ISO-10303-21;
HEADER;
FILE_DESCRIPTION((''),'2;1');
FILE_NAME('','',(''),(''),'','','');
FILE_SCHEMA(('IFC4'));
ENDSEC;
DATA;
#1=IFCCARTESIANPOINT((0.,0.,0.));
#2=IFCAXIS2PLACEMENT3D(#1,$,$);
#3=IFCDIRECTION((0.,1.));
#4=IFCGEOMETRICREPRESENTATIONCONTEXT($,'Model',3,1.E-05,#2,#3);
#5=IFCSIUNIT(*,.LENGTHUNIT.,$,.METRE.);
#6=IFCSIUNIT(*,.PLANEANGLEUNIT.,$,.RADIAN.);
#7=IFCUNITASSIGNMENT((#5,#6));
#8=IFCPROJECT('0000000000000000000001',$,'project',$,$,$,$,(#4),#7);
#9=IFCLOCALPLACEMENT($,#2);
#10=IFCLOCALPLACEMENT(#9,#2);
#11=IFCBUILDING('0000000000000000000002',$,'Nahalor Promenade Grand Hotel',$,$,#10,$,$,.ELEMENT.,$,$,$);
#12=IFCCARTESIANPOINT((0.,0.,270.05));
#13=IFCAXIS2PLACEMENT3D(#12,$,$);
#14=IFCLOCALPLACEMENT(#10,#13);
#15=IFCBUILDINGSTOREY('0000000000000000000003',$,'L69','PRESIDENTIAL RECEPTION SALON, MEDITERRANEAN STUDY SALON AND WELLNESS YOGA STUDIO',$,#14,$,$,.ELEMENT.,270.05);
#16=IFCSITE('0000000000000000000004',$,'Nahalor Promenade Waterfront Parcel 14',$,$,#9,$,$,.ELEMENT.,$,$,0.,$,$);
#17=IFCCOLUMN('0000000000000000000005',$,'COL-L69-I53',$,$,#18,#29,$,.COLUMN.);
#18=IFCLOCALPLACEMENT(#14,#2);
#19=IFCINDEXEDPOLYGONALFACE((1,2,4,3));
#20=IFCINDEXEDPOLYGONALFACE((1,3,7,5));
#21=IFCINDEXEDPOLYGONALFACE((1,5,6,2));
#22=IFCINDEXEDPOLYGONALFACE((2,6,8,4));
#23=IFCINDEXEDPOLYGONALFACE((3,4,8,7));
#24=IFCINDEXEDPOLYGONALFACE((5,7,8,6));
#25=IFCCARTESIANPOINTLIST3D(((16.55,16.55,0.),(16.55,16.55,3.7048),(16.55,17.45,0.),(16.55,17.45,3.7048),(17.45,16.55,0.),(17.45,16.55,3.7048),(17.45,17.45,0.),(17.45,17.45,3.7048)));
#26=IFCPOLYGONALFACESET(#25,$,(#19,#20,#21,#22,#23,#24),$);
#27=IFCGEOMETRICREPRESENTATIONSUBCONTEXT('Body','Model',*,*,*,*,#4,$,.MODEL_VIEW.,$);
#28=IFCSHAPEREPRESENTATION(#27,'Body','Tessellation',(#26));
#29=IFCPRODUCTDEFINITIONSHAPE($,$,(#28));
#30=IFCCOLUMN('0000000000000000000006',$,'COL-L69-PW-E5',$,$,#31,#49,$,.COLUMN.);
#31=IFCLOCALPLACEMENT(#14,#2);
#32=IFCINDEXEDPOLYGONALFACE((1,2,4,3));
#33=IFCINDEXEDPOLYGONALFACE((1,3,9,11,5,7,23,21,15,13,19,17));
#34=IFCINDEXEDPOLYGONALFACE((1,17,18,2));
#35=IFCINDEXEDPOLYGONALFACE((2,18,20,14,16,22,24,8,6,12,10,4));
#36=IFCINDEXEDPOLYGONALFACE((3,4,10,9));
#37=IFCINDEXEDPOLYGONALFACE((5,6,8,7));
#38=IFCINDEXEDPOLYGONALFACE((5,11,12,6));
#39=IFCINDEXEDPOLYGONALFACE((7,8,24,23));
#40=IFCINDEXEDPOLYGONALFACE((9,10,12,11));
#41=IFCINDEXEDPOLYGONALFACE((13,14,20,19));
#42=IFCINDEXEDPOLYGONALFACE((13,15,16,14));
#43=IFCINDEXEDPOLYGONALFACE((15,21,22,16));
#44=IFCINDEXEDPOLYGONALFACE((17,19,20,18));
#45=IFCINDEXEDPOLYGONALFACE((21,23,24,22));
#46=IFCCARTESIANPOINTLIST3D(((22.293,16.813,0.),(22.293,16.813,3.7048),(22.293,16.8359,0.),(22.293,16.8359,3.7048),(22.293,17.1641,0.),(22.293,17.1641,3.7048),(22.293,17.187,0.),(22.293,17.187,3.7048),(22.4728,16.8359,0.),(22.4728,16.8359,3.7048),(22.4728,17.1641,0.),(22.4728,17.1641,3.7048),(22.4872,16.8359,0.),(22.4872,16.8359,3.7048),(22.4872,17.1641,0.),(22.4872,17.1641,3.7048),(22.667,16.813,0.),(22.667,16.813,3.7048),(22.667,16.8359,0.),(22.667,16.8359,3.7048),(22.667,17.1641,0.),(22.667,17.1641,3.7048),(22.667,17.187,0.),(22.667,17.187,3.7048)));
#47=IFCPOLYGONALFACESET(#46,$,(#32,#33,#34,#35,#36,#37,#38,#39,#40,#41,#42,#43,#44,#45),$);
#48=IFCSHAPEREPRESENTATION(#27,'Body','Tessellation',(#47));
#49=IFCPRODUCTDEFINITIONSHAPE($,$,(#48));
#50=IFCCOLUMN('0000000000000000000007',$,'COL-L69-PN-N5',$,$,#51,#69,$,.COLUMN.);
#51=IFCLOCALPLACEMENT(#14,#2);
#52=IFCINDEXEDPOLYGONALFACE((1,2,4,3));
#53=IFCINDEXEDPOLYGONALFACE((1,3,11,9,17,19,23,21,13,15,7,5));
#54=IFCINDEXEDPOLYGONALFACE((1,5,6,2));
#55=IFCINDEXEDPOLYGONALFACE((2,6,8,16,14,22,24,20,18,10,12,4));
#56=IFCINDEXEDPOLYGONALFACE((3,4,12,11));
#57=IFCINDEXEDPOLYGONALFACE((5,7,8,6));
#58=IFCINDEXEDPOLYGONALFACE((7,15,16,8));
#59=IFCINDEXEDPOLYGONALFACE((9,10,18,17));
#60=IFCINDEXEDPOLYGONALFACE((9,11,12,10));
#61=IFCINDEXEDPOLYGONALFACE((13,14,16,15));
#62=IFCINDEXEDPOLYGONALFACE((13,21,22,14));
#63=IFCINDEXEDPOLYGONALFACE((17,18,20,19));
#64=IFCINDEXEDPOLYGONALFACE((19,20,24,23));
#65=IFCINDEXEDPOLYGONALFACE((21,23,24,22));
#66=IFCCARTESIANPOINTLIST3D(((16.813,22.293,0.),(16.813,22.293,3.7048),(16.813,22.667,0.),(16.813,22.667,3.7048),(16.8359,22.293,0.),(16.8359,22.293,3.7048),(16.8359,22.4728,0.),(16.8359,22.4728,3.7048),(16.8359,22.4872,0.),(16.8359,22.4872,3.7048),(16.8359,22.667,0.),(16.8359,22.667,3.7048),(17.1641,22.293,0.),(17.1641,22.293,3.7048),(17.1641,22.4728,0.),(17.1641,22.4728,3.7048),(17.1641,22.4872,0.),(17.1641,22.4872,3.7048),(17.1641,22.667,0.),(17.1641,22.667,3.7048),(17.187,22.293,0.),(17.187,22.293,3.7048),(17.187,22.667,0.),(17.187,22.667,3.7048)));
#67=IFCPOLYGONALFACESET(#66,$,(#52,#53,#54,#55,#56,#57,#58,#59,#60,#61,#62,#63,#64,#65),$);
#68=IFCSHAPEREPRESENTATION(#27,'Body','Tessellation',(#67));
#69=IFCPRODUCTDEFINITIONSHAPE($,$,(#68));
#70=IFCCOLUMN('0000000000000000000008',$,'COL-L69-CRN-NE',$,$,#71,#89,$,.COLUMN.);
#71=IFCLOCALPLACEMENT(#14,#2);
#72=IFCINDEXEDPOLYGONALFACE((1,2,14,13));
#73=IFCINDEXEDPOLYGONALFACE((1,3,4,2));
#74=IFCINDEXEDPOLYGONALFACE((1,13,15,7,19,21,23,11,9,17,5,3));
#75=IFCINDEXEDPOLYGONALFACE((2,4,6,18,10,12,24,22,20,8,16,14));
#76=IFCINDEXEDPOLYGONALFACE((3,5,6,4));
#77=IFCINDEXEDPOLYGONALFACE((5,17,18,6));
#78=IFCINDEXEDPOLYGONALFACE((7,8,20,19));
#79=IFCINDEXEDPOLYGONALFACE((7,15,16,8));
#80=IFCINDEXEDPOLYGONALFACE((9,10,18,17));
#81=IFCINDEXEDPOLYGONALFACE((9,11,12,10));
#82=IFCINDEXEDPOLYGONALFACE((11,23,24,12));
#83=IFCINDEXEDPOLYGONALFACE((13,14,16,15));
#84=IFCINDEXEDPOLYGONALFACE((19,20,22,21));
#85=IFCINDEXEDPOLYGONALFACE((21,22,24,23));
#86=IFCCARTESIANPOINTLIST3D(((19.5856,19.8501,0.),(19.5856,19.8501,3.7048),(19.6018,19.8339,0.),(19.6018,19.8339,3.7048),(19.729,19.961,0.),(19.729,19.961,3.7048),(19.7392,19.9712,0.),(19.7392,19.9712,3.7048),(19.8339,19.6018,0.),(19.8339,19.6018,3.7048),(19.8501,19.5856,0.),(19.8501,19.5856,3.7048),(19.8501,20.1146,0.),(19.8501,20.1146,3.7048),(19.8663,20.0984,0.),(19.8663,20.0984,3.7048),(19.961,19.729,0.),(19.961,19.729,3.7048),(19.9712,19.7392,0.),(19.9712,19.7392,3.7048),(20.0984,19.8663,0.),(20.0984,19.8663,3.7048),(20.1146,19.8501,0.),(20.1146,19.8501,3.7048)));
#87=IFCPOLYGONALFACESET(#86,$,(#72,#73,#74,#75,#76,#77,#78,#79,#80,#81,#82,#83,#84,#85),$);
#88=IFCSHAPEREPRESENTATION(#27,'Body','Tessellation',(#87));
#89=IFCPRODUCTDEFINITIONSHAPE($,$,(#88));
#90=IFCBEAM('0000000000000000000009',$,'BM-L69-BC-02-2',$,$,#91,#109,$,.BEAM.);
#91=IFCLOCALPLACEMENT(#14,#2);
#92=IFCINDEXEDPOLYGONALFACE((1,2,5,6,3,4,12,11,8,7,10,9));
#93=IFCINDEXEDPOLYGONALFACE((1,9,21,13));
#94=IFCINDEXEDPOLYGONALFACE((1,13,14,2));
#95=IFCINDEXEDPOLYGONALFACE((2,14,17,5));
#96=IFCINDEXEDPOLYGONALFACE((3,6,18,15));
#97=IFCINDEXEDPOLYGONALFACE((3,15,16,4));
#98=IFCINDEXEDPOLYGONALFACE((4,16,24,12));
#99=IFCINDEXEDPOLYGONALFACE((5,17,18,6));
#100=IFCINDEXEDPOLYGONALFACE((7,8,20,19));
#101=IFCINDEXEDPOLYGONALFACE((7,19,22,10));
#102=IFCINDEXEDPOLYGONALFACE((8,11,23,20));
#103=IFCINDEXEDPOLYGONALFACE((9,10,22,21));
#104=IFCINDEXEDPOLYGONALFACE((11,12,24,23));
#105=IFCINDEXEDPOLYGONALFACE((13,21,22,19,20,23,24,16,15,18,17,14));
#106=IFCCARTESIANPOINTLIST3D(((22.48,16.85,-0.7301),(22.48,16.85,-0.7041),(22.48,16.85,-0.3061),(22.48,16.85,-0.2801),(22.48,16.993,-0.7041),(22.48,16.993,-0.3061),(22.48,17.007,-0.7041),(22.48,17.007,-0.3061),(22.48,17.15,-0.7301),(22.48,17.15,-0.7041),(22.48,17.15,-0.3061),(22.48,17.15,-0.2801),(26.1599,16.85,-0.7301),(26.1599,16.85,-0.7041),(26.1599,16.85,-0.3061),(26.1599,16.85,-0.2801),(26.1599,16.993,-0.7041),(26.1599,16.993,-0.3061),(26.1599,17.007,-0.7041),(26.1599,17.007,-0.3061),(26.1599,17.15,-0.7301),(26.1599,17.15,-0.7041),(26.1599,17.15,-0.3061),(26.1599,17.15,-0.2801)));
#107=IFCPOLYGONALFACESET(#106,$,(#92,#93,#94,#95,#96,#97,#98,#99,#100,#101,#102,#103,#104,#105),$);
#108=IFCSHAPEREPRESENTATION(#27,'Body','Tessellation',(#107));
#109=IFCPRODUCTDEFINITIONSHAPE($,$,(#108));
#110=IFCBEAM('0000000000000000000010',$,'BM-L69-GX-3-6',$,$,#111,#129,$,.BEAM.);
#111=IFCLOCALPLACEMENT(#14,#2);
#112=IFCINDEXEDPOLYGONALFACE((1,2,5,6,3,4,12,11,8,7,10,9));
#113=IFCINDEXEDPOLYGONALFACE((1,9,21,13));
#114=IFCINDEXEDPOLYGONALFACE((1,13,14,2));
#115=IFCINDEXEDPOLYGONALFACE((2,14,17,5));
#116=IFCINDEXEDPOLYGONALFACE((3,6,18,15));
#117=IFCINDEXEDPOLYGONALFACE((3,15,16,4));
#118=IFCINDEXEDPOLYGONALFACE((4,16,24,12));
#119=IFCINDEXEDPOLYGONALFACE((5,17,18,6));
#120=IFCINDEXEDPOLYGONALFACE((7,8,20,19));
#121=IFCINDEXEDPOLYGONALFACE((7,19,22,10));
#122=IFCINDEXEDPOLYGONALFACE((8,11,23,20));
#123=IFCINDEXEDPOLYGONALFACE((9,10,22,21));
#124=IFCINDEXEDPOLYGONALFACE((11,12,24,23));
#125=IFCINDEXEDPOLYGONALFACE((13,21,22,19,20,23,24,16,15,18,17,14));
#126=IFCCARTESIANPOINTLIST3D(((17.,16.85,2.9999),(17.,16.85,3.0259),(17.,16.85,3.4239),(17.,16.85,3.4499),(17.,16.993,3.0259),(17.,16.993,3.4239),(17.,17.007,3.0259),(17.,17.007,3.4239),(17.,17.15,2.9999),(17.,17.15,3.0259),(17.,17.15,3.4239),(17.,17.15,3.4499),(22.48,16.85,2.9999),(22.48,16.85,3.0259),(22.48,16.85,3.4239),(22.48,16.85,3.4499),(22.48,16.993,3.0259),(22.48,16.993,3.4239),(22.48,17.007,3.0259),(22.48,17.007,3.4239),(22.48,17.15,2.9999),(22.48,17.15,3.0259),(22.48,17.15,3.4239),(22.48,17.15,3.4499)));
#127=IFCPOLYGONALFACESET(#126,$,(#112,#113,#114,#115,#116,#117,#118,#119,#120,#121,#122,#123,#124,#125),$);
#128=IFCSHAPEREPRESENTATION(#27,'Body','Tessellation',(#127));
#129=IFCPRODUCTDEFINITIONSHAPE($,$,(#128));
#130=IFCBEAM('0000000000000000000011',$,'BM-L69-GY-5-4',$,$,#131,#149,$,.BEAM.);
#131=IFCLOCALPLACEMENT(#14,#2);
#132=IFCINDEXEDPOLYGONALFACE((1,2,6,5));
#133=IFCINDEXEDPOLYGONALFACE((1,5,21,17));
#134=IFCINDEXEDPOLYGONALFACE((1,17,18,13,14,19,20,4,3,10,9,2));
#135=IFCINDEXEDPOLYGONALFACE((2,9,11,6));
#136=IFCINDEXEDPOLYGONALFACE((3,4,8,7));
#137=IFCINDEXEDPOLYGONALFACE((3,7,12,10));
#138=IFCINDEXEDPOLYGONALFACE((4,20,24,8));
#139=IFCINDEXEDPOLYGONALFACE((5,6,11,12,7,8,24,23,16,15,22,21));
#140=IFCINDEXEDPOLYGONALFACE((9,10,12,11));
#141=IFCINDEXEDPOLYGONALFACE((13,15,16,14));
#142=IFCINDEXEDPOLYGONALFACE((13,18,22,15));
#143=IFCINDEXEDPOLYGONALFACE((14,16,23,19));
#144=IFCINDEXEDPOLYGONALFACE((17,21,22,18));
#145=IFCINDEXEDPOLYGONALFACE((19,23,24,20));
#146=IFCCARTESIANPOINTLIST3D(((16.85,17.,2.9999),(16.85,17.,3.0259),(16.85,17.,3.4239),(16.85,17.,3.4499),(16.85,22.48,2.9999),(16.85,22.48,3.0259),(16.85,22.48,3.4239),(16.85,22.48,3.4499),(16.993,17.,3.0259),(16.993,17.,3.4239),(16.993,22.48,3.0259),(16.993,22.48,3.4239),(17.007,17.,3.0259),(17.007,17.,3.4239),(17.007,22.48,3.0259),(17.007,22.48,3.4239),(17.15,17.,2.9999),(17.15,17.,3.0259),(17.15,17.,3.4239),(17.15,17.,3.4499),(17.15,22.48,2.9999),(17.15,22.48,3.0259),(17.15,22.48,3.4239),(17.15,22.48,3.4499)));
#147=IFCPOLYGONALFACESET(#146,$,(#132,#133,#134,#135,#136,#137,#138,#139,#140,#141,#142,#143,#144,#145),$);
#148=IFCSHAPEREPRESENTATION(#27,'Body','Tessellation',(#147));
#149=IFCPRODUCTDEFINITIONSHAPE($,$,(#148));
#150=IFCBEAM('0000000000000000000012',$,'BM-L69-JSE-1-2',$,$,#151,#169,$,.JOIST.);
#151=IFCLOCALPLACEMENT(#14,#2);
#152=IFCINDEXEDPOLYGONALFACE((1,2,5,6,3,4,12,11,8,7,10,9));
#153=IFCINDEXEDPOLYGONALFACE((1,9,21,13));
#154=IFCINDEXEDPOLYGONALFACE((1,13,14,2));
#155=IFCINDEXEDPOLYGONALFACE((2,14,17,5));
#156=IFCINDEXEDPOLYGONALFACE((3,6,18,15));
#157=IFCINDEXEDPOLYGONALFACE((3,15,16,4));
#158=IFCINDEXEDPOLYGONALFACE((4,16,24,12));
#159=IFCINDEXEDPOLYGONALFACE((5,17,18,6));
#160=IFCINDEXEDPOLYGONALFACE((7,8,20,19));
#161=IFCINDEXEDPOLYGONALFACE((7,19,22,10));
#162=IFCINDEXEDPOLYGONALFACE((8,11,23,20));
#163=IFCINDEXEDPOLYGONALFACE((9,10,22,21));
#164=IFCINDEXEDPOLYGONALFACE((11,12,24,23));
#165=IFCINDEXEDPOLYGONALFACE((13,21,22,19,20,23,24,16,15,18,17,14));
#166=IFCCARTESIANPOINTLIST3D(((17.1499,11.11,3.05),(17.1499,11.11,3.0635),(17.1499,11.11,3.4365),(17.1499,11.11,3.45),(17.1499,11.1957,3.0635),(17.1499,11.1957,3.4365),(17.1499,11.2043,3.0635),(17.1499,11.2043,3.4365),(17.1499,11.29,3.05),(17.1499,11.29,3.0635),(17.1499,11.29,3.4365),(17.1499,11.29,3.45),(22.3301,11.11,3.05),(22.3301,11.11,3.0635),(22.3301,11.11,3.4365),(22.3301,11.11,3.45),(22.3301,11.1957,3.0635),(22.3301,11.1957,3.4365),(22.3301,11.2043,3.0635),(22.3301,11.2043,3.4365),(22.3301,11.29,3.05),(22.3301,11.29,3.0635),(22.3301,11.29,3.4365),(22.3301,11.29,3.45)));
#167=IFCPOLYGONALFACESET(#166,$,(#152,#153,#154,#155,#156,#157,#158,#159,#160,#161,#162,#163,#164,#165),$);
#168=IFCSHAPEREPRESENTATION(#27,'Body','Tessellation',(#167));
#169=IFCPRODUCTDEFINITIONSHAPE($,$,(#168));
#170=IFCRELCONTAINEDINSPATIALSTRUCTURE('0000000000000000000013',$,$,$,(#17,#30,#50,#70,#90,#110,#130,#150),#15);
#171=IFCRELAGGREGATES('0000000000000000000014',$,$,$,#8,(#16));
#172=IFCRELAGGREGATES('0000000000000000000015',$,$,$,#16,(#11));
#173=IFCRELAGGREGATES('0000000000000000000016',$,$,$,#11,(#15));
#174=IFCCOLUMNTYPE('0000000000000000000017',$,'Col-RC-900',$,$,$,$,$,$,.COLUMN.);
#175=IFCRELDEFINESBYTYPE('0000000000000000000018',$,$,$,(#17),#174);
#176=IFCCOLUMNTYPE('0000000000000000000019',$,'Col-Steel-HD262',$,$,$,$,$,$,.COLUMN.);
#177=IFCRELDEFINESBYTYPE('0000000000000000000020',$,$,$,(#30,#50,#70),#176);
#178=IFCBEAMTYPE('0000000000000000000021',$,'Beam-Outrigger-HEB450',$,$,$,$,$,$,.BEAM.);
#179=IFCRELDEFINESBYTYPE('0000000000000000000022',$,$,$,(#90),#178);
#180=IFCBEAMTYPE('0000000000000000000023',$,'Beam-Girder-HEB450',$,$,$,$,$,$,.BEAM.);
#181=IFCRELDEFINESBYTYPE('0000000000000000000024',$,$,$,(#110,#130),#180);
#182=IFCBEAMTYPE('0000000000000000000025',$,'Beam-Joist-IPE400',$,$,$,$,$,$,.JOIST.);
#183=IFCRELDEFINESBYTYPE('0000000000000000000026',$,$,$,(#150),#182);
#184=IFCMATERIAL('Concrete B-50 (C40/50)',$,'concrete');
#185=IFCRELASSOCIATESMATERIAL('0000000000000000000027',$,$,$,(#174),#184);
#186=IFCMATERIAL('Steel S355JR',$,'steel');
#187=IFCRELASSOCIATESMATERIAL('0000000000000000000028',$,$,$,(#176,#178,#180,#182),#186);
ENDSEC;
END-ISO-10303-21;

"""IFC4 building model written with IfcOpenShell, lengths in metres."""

from ifc_helpers import new_model, si_unit, direction, frame, origin, origin_2d, place, context, subcontext, project, spatial, rectangle, i_section, extrude, source, transform, mapped, material, material_profile, profile_set, type_object, element, save


model = new_model("IFC4")

# Units and contexts
model_context = context("Model", 3, precision=1e-05, world=origin(), true_north=direction((0.0, 1.0)))
body_context = subcontext(model_context, "Body", "Model", "MODEL_VIEW")
ifc_project = project(units=[si_unit("LENGTHUNIT", "METRE"), si_unit("PLANEANGLEUNIT", "RADIAN")], contexts=[model_context])

# Site, building, storey
site_placement = place(None, origin())
site = spatial("IfcSite", under=ifc_project, at=site_placement, Name="Nahalor Promenade Waterfront Parcel 14", CompositionType="ELEMENT", RefElevation=0.0)
building_placement = place(site_placement, origin())
building = spatial("IfcBuilding", under=site, at=building_placement, Name="Nahalor Promenade Grand Hotel", CompositionType="ELEMENT")
storey_placement = place(building_placement, frame((0.0, 0.0, 270.05)))
storey = spatial("IfcBuildingStorey", under=building, at=storey_placement, Name="L69", Description="PRESIDENTIAL RECEPTION SALON, MEDITERRANEAN STUDY SALON AND WELLNESS YOGA STUDIO", CompositionType="ELEMENT", Elevation=270.05)

# Columns
ifc_material_1 = material(Name="Concrete B-50 (C40/50)", Category="concrete")
ifc_material_profile_1 = material_profile(ifc_material_1, rectangle(XDim=0.9, YDim=0.9, at=origin_2d()), Name="RC 900x900")
ifc_profile_set_1 = profile_set([ifc_material_profile_1], Name="Concrete B-50 (C40/50)")
column_type_1 = type_object("IfcColumnType", Name="Col-RC-900", PredefinedType="COLUMN", material=ifc_profile_set_1)
shared_shape_1 = source(origin(), body_context, "Body", "SweptSolid", [
    extrude(rectangle(XDim=0.9, YDim=0.9, at=origin_2d()), origin(), (0.0, 0.0, 1.0), 3.7048),
])
column_placement = place(storey_placement, frame((17.0, 17.0, 0.0), z_axis=(0.0, 0.0, 1.0), x_axis=(1.0, 0.0, 0.0)))
element("IfcColumn", 1, at=column_placement, inside=storey, type_object=column_type_1, Name="COL-L69-I53", PredefinedType="COLUMN", context=body_context, shape_type="MappedRepresentation", body=[
    mapped(shared_shape_1, transform((0.0, 0.0, 0.0), scale=1.0)),
])
ifc_material_2 = material(Name="Steel S355JR", Category="steel")
ifc_material_profile_2 = material_profile(ifc_material_2, i_section(OverallWidth=0.374, OverallDepth=0.374, WebThickness=0.0144, FlangeThickness=0.0229, at=origin_2d()), Name="HD 360x262")
ifc_profile_set_2 = profile_set([ifc_material_profile_2], Name="Steel S355JR")
column_type_2 = type_object("IfcColumnType", Name="Col-Steel-HD262", PredefinedType="COLUMN", material=ifc_profile_set_2)
shared_shape_2 = source(origin(), body_context, "Body", "SweptSolid", [
    extrude(i_section(OverallWidth=0.374, OverallDepth=0.374, WebThickness=0.0144, FlangeThickness=0.0229, at=origin_2d()), origin(), (0.0, 0.0, 1.0), 3.7048),
])
for number, where, z_axis, x_axis, name in (
    (2, (22.48, 17.0, 0.0), (0.0, 0.0, 1.0), (1.0, 0.0, 0.0), "COL-L69-PW-E5"),
    (3, (17.0, 22.48, 0.0), (0.0, 0.0, 1.0), (0.0, 1.0, 0.0), "COL-L69-PN-N5"),
    (4, (19.8501, 19.8501, 0.0), (0.0, 0.0, 1.0), (0.707107, 0.707107, 0.0), "COL-L69-CRN-NE"),
):
    element("IfcColumn", number, at=place(storey_placement, frame(where, z_axis=z_axis, x_axis=x_axis)), inside=storey, type_object=column_type_2, Name=name, PredefinedType="COLUMN", context=body_context, shape_type="MappedRepresentation", body=[
        mapped(shared_shape_2, transform((0.0, 0.0, 0.0), scale=1.0)),
    ])

# Beams
ifc_material_profile_3 = material_profile(ifc_material_2, i_section(OverallWidth=0.3, OverallDepth=0.45, WebThickness=0.014, FlangeThickness=0.026, at=origin_2d()), Name="HEB 450")
ifc_profile_set_3 = profile_set([ifc_material_profile_3], Name="Steel S355JR")
beam_type_1 = type_object("IfcBeamType", Name="Beam-Outrigger-HEB450", PredefinedType="BEAM", material=ifc_profile_set_3)
shared_shape_3 = source(origin(), body_context, "Body", "SweptSolid", [
    extrude(i_section(OverallWidth=0.3, OverallDepth=0.45, WebThickness=0.014, FlangeThickness=0.026, at=origin_2d()), origin(), (0.0, 0.0, 1.0), 3.6799),
])
beam_1_placement = place(storey_placement, frame((22.48, 17.0, -0.5051), z_axis=(1.0, 0.0, 0.0), x_axis=(0.0, 1.0, 0.0)))
element("IfcBeam", 5, at=beam_1_placement, inside=storey, type_object=beam_type_1, Name="BM-L69-BC-02-2", PredefinedType="BEAM", context=body_context, shape_type="MappedRepresentation", body=[
    mapped(shared_shape_3, transform((0.0, 0.0, 0.0), scale=1.0)),
])
ifc_material_profile_4 = material_profile(ifc_material_2, i_section(OverallWidth=0.3, OverallDepth=0.45, WebThickness=0.014, FlangeThickness=0.026, at=origin_2d()), Name="HEB 450")
ifc_profile_set_4 = profile_set([ifc_material_profile_4], Name="Steel S355JR")
beam_type_2 = type_object("IfcBeamType", Name="Beam-Girder-HEB450", PredefinedType="BEAM", material=ifc_profile_set_4)
shared_shape_4 = source(origin(), body_context, "Body", "SweptSolid", [
    extrude(i_section(OverallWidth=0.3, OverallDepth=0.45, WebThickness=0.014, FlangeThickness=0.026, at=origin_2d()), origin(), (0.0, 0.0, 1.0), 5.48),
])
for number, where, z_axis, x_axis, name in (
    (6, (17.0, 17.0, 3.2249), (1.0, 0.0, 0.0), (0.0, 1.0, 0.0), "BM-L69-GX-3-6"),
    (7, (17.0, 17.0, 3.2249), (0.0, 1.0, 0.0), (-1.0, 0.0, 0.0), "BM-L69-GY-5-4"),
):
    element("IfcBeam", number, at=place(storey_placement, frame(where, z_axis=z_axis, x_axis=x_axis)), inside=storey, type_object=beam_type_2, Name=name, PredefinedType="BEAM", context=body_context, shape_type="MappedRepresentation", body=[
        mapped(shared_shape_4, transform((0.0, 0.0, 0.0), scale=1.0)),
    ])
ifc_material_profile_5 = material_profile(ifc_material_2, i_section(OverallWidth=0.18, OverallDepth=0.4, WebThickness=0.0086, FlangeThickness=0.0135, at=origin_2d()), Name="IPE 400")
ifc_profile_set_5 = profile_set([ifc_material_profile_5], Name="Steel S355JR")
beam_type_3 = type_object("IfcBeamType", Name="Beam-Joist-IPE400", PredefinedType="JOIST", material=ifc_profile_set_5)
shared_shape_5 = source(origin(), body_context, "Body", "SweptSolid", [
    extrude(i_section(OverallWidth=0.18, OverallDepth=0.4, WebThickness=0.0086, FlangeThickness=0.0135, at=origin_2d()), origin(), (0.0, 0.0, 1.0), 5.1802),
])
beam_2_placement = place(storey_placement, frame((17.1499, 11.2, 3.25), z_axis=(1.0, 0.0, 0.0), x_axis=(0.0, 1.0, 0.0)))
element("IfcBeam", 8, at=beam_2_placement, inside=storey, type_object=beam_type_3, Name="BM-L69-JSE-1-2", PredefinedType="JOIST", context=body_context, shape_type="MappedRepresentation", body=[
    mapped(shared_shape_5, transform((0.0, 0.0, 0.0), scale=1.0)),
])

save(model, "model.ifc")
